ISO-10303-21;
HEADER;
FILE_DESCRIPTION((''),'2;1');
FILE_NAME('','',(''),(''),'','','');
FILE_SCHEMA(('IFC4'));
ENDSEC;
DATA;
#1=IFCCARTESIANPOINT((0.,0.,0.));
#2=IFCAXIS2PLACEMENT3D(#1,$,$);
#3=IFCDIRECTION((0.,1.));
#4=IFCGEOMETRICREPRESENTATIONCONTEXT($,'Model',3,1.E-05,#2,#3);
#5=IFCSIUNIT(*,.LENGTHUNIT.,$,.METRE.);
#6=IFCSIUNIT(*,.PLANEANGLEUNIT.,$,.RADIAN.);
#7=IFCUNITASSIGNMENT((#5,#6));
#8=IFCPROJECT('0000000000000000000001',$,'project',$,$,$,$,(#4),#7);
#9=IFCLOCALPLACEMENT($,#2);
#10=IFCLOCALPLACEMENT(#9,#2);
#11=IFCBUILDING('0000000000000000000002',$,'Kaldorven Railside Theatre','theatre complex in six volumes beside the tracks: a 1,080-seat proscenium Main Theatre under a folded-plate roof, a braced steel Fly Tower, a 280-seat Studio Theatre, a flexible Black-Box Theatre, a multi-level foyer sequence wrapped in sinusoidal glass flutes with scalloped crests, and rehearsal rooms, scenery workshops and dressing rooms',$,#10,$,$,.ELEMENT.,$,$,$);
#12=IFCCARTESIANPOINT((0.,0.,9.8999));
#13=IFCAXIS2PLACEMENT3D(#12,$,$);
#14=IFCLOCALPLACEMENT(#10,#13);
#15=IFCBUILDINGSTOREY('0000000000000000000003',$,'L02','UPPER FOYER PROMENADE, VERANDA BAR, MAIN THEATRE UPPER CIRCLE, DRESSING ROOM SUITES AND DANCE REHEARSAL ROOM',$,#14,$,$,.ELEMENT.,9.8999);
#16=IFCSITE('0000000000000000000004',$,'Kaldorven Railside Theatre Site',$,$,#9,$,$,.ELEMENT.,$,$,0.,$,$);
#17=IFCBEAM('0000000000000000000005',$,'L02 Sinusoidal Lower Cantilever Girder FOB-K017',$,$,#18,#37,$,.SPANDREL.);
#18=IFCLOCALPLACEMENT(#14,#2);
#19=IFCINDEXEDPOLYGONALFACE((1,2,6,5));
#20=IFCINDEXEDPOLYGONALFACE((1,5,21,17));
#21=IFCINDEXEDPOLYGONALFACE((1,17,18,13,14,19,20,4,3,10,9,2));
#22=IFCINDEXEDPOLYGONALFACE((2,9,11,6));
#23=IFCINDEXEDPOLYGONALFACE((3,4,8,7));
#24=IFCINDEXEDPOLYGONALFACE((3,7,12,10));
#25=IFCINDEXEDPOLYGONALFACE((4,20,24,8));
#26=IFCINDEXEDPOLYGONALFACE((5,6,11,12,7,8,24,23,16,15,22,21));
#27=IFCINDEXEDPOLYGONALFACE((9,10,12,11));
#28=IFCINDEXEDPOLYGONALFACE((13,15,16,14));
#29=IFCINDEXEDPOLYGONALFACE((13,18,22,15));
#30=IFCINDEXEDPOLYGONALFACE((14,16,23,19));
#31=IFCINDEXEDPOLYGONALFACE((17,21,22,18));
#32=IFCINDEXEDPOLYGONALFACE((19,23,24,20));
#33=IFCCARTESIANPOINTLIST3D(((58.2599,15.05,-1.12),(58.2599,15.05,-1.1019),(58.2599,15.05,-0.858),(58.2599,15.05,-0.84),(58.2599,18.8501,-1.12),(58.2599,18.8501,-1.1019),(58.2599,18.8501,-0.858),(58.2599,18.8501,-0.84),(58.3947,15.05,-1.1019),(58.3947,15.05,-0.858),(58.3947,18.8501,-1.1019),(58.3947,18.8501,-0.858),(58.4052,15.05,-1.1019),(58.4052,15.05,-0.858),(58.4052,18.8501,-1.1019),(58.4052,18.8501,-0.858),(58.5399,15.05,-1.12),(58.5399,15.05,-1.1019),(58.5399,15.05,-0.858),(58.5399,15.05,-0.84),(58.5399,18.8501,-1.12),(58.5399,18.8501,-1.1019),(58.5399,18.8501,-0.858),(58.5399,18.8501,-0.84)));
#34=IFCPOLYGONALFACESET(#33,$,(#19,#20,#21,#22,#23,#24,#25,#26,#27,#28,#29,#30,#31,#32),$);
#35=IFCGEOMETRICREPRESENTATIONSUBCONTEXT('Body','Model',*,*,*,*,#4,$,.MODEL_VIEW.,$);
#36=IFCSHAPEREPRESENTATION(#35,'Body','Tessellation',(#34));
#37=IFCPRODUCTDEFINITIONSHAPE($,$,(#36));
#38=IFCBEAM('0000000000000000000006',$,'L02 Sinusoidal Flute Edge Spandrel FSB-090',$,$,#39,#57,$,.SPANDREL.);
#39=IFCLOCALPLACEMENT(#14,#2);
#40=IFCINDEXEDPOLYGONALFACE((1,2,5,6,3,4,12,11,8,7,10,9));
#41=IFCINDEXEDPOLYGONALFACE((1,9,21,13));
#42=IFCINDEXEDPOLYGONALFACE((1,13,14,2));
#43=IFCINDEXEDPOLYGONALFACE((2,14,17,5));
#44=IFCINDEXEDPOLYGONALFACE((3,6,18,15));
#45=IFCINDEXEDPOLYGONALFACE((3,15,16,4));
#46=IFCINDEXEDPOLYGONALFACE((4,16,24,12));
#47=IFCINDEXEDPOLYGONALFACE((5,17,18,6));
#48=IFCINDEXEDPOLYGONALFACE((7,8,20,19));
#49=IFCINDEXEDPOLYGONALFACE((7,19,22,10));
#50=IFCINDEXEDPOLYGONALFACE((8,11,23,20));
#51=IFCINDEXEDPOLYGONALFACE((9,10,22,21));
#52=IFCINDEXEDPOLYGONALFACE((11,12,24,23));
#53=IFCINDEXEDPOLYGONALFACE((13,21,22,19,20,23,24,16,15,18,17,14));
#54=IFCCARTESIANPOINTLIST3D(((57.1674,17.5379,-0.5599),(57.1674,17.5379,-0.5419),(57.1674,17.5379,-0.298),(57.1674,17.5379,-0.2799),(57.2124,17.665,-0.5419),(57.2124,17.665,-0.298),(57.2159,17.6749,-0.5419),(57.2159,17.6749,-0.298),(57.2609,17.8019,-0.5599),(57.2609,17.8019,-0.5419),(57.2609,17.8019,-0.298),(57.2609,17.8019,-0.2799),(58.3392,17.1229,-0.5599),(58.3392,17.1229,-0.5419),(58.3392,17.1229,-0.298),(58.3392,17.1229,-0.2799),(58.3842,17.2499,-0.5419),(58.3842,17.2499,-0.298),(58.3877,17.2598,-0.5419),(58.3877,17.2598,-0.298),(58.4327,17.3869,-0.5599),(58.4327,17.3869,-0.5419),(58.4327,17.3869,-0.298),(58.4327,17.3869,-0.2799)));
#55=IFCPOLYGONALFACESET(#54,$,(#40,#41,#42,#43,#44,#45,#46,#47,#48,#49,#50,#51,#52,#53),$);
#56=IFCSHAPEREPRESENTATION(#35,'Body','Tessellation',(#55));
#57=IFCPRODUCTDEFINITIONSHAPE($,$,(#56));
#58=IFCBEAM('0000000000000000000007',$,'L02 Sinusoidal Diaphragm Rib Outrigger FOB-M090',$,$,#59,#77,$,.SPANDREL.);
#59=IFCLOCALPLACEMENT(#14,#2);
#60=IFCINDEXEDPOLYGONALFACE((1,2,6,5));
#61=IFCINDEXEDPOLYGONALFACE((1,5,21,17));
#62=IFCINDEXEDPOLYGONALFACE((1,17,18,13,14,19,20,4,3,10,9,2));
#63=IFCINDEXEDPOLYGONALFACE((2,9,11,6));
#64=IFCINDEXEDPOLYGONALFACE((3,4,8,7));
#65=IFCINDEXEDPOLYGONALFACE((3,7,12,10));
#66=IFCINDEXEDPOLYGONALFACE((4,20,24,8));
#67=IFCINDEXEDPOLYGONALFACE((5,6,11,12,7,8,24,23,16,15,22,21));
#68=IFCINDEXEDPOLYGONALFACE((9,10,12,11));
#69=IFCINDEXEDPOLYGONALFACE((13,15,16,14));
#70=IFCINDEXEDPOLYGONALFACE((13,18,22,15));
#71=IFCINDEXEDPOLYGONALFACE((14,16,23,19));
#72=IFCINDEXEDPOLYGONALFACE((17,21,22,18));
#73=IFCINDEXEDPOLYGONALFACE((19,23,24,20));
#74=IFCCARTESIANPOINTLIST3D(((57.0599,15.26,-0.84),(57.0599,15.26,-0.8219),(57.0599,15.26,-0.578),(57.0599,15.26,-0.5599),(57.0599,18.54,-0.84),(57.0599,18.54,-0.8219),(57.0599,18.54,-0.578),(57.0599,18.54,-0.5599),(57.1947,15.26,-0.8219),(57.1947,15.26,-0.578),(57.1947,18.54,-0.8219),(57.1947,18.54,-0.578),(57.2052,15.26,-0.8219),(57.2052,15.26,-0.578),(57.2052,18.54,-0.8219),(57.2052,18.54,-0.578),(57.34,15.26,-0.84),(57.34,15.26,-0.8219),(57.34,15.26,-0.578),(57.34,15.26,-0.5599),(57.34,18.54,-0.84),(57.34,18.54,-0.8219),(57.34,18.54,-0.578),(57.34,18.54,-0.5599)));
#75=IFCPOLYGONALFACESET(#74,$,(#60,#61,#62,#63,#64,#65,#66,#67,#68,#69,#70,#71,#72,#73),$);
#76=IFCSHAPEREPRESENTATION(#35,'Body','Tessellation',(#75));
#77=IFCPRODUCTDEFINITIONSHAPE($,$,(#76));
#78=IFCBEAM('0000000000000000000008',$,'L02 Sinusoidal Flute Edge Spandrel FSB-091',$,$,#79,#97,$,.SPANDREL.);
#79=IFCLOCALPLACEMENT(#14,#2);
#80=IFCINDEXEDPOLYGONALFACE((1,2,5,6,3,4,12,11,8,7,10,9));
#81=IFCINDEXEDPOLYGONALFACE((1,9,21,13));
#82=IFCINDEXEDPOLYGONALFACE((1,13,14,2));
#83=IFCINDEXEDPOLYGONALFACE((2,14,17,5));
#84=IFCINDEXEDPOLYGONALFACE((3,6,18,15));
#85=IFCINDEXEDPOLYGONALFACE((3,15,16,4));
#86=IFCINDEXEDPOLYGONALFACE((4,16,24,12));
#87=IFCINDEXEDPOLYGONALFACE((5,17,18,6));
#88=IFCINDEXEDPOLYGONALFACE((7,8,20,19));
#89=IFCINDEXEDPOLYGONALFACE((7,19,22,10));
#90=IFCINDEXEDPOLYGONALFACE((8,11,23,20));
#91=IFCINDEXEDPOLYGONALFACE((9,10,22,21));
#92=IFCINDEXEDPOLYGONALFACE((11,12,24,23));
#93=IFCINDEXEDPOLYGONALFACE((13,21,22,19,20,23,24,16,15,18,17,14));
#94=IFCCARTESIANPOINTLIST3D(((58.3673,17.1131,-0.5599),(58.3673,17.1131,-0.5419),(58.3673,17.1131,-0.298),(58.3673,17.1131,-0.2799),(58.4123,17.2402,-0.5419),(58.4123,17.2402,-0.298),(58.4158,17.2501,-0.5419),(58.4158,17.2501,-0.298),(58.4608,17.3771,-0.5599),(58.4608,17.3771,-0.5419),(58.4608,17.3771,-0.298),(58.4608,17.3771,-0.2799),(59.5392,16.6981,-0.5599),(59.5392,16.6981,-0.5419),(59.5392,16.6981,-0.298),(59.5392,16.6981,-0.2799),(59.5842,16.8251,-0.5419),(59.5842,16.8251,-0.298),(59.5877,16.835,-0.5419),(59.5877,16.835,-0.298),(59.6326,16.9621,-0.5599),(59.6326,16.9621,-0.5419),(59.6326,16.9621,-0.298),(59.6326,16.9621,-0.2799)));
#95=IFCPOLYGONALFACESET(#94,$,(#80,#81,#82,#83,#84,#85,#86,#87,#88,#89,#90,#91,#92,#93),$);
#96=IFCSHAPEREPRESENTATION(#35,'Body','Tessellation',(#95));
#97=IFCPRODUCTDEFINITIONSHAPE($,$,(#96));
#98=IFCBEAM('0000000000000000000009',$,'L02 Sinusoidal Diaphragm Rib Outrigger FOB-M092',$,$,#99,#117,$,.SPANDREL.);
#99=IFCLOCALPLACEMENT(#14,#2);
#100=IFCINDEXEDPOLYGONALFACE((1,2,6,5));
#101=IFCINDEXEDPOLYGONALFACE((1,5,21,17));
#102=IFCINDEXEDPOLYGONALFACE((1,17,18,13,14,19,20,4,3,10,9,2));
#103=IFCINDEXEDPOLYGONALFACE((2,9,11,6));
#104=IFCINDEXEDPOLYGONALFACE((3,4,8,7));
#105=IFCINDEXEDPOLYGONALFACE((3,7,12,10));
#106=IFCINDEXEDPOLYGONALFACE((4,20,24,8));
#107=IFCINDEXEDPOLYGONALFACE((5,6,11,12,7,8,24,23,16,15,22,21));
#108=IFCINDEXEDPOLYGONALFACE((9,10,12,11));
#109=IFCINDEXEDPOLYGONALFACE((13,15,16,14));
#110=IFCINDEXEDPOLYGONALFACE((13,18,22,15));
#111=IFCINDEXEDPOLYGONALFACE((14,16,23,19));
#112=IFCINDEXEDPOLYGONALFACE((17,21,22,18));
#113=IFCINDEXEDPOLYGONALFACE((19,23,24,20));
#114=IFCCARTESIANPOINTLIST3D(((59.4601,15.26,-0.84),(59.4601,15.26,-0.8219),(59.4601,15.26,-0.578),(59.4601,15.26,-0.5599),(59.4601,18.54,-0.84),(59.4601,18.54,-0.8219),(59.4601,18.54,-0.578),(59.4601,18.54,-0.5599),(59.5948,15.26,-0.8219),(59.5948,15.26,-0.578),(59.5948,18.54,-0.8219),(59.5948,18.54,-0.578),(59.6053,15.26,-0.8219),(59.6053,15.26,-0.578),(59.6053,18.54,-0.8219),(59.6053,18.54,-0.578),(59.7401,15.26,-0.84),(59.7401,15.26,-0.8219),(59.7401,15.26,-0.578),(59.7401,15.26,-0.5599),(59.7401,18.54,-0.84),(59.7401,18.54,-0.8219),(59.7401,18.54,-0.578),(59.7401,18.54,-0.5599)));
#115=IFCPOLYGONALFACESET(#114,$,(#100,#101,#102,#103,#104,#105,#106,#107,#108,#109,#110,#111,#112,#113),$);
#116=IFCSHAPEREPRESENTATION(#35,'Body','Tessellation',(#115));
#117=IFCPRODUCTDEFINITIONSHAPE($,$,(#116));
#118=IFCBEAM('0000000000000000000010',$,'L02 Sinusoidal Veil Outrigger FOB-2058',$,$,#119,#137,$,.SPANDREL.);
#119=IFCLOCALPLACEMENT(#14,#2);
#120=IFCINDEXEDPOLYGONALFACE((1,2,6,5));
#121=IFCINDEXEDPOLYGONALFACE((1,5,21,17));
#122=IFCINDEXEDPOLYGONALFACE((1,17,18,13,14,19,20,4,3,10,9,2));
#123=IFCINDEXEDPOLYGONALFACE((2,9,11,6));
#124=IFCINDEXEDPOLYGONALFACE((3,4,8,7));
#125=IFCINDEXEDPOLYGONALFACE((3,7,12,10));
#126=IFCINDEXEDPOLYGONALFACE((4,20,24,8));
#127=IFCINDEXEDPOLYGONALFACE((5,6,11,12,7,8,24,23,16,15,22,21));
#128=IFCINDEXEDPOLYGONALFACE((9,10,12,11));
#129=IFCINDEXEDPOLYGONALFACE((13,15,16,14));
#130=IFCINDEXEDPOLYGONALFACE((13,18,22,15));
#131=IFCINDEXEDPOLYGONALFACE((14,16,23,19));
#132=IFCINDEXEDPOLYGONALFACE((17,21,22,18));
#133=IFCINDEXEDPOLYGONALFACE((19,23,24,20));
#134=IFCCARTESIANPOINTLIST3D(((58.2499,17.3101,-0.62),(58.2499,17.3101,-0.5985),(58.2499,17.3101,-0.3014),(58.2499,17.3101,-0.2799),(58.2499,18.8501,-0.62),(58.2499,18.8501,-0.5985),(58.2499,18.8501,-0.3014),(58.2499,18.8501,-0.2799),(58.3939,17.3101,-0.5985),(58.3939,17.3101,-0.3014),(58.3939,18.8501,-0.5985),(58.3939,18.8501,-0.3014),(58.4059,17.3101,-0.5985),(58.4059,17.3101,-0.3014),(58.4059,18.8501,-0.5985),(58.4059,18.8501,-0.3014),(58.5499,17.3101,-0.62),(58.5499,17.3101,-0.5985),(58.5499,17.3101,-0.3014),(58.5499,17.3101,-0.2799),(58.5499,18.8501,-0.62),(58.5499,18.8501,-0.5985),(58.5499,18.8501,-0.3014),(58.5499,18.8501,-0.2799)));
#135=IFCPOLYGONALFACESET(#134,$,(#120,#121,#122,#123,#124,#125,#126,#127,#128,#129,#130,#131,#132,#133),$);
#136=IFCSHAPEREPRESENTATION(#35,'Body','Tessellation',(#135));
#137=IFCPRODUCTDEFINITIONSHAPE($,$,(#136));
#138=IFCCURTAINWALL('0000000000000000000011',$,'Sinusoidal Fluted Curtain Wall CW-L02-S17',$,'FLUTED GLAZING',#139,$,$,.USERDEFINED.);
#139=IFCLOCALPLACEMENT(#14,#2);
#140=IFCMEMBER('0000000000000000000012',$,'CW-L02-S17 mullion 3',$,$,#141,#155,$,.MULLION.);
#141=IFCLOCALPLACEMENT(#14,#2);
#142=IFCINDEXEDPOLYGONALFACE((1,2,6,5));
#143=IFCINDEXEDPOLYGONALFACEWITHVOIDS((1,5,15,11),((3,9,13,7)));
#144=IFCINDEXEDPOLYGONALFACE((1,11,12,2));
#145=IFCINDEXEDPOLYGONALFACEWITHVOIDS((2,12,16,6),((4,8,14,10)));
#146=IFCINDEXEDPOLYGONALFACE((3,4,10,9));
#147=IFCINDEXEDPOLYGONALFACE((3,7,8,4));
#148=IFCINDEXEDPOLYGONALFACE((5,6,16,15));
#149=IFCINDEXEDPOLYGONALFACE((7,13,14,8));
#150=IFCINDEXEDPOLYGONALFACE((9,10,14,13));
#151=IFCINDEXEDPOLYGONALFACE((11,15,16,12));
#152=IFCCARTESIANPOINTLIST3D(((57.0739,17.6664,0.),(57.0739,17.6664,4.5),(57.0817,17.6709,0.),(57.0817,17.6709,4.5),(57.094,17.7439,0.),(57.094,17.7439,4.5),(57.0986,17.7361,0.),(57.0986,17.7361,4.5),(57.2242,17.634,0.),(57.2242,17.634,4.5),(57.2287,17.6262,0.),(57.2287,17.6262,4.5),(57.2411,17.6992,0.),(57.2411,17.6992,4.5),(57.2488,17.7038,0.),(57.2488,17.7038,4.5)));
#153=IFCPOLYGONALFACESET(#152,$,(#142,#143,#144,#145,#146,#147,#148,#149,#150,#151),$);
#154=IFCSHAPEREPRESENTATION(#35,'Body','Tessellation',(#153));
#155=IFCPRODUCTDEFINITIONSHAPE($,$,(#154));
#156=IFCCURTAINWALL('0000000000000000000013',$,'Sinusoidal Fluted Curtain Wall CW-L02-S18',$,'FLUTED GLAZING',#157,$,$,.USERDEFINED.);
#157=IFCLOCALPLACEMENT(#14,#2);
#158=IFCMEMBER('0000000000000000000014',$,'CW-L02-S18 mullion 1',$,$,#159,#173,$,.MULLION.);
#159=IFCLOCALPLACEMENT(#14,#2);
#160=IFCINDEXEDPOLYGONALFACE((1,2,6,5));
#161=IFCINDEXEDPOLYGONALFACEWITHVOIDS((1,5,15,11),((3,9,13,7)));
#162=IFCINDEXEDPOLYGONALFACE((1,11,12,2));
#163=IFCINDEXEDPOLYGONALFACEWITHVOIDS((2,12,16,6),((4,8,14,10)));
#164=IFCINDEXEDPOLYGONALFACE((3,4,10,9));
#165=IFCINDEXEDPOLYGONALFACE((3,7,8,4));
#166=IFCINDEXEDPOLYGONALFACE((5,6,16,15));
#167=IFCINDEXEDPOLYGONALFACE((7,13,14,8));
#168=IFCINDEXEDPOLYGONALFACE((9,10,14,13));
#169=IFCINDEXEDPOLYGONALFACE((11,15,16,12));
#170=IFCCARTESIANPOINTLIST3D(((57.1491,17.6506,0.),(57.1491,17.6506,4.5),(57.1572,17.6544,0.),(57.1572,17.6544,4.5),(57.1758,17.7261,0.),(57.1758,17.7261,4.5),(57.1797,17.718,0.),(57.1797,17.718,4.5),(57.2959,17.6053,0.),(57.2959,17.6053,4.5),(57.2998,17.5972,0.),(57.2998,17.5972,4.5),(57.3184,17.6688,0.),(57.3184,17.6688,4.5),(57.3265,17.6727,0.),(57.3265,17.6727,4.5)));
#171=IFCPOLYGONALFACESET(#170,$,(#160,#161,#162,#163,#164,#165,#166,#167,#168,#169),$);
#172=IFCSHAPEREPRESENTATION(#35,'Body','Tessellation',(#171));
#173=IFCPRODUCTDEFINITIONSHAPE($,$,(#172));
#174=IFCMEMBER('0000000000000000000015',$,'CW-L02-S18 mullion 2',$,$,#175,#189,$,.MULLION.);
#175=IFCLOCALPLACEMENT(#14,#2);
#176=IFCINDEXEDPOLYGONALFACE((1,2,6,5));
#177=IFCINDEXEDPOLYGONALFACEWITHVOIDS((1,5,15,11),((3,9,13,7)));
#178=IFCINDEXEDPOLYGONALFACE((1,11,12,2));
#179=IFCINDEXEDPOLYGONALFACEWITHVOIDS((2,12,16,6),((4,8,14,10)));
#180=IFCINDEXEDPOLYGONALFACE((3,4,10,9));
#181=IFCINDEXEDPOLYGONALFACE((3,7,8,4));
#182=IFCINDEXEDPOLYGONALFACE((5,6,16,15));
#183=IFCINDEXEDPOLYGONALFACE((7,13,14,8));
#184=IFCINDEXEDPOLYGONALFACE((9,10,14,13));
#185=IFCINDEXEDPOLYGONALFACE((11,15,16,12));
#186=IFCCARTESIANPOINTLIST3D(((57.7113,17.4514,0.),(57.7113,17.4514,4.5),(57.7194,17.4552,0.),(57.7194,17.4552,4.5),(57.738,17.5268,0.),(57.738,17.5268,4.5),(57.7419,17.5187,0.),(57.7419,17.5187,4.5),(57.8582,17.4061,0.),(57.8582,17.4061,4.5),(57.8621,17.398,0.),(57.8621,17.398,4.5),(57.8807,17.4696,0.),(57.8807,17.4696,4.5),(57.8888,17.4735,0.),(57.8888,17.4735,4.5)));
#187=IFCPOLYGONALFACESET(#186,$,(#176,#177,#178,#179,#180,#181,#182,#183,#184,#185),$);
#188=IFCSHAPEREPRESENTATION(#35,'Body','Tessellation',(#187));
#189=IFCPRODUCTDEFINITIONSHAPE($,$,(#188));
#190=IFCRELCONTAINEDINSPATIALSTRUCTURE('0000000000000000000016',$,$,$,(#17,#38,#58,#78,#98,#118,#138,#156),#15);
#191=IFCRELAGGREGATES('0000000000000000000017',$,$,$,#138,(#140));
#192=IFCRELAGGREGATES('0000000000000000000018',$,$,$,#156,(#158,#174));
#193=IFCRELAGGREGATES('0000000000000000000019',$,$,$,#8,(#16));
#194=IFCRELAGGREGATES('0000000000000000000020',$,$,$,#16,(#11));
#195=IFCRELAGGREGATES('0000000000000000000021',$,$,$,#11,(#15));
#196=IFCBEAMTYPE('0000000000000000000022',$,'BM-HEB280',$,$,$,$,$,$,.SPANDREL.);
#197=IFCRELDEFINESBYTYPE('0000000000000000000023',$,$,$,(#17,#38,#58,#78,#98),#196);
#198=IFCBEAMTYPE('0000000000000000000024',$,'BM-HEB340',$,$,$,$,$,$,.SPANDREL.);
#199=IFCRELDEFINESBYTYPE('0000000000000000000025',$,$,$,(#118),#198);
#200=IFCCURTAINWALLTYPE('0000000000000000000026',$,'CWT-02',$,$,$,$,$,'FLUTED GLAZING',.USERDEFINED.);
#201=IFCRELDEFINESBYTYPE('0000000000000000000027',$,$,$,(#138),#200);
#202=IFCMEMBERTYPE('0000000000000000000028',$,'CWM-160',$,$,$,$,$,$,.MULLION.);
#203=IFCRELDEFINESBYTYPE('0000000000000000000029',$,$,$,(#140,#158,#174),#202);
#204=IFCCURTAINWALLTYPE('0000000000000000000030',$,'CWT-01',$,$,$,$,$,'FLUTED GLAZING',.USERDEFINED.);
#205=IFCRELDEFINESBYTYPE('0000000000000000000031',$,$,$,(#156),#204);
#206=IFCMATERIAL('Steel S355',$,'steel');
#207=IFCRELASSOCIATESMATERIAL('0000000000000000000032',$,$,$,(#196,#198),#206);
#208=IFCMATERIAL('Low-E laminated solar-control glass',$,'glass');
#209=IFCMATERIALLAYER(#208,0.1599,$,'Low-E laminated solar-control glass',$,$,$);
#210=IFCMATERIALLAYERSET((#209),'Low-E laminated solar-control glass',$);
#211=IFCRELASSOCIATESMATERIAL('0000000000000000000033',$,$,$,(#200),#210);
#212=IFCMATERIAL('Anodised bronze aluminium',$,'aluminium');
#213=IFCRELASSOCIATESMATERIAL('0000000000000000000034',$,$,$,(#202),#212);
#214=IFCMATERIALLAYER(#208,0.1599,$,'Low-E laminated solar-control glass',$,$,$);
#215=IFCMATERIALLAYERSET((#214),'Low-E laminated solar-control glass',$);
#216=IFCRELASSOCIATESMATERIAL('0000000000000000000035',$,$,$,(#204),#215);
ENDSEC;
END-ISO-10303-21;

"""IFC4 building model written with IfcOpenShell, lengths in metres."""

from ifc_helpers import new_model, si_unit, direction, frame, origin, origin_2d, place, context, subcontext, project, spatial, hollow_rectangle, i_section, extrude, material, layer, layer_set, material_profile, profile_set, type_object, element, aggregate, save


model = new_model("IFC4")

# Units and contexts
model_context = context("Model", 3, precision=1e-05, world=origin(), true_north=direction((0.0, 1.0)))
body_context = subcontext(model_context, "Body", "Model", "MODEL_VIEW")
ifc_project = project(units=[si_unit("LENGTHUNIT", "METRE"), si_unit("PLANEANGLEUNIT", "RADIAN")], contexts=[model_context])

# Site, building, storey
site_placement = place(None, origin())
site = spatial("IfcSite", under=ifc_project, at=site_placement, Name="Kaldorven Railside Theatre Site", CompositionType="ELEMENT", RefElevation=0.0)
building_placement = place(site_placement, origin())
building = spatial("IfcBuilding", under=site, at=building_placement, Name="Kaldorven Railside Theatre", Description="theatre complex in six volumes beside the tracks: a 1,080-seat proscenium Main Theatre under a folded-plate roof, a braced steel Fly Tower, a 280-seat Studio Theatre, a flexible Black-Box Theatre, a multi-level foyer sequence wrapped in sinusoidal glass flutes with scalloped crests, and rehearsal rooms, scenery workshops and dressing rooms", CompositionType="ELEMENT")
storey_placement = place(building_placement, frame((0.0, 0.0, 9.8999)))
storey = spatial("IfcBuildingStorey", under=building, at=storey_placement, Name="L02", Description="UPPER FOYER PROMENADE, VERANDA BAR, MAIN THEATRE UPPER CIRCLE, DRESSING ROOM SUITES AND DANCE REHEARSAL ROOM", CompositionType="ELEMENT", Elevation=9.8999)

# Beams
ifc_material_1 = material(Name="Steel S355", Category="steel")
ifc_material_profile_1 = material_profile(ifc_material_1, i_section(OverallWidth=0.28, OverallDepth=0.28, WebThickness=0.0105, FlangeThickness=0.0181, at=origin_2d()), Name="HEB 280")
ifc_profile_set_1 = profile_set([ifc_material_profile_1], Name="Steel S355")
beam_type_1 = type_object("IfcBeamType", Name="BM-HEB280", PredefinedType="SPANDREL", material=ifc_profile_set_1)
beam_1_placement = place(storey_placement, frame((58.3999, 15.05, -0.98), z_axis=(0.0, 1.0, 0.0), x_axis=(-1.0, 0.0, 0.0)))
element("IfcBeam", 1, at=beam_1_placement, inside=storey, type_object=beam_type_1, Name="L02 Sinusoidal Lower Cantilever Girder FOB-K017", PredefinedType="SPANDREL", context=body_context, shape_type="SweptSolid", body=[
    extrude(i_section(OverallWidth=0.28, OverallDepth=0.28, WebThickness=0.0105, FlangeThickness=0.0181, at=origin_2d()), origin(), (0.0, 0.0, 1.0), 3.8),
])
beam_2_placement = place(storey_placement, frame((57.2141, 17.6699, -0.4199), z_axis=(0.942627, -0.333847, 0.0), x_axis=(0.333847, 0.942627, 0.0)))
element("IfcBeam", 2, at=beam_2_placement, inside=storey, type_object=beam_type_1, Name="L02 Sinusoidal Flute Edge Spandrel FSB-090", PredefinedType="SPANDREL", context=body_context, shape_type="SweptSolid", body=[
    extrude(i_section(OverallWidth=0.28, OverallDepth=0.28, WebThickness=0.0105, FlangeThickness=0.0181, at=origin_2d()), origin(), (0.0, 0.0, 1.0), 1.2432),
])
beam_3_placement = place(storey_placement, frame((57.2, 15.26, -0.7), z_axis=(0.0, 1.0, 0.0), x_axis=(-1.0, 0.0, 0.0)))
element("IfcBeam", 3, at=beam_3_placement, inside=storey, type_object=beam_type_1, Name="L02 Sinusoidal Diaphragm Rib Outrigger FOB-M090", PredefinedType="SPANDREL", context=body_context, shape_type="SweptSolid", body=[
    extrude(i_section(OverallWidth=0.28, OverallDepth=0.28, WebThickness=0.0105, FlangeThickness=0.0181, at=origin_2d()), origin(), (0.0, 0.0, 1.0), 3.28),
])
beam_4_placement = place(storey_placement, frame((58.4141, 17.2451, -0.4199), z_axis=(0.942627, -0.333847, 0.0), x_axis=(0.333847, 0.942627, 0.0)))
element("IfcBeam", 4, at=beam_4_placement, inside=storey, type_object=beam_type_1, Name="L02 Sinusoidal Flute Edge Spandrel FSB-091", PredefinedType="SPANDREL", context=body_context, shape_type="SweptSolid", body=[
    extrude(i_section(OverallWidth=0.28, OverallDepth=0.28, WebThickness=0.0105, FlangeThickness=0.0181, at=origin_2d()), origin(), (0.0, 0.0, 1.0), 1.2432),
])
beam_5_placement = place(storey_placement, frame((59.6001, 15.26, -0.7), z_axis=(0.0, 1.0, 0.0), x_axis=(-1.0, 0.0, 0.0)))
element("IfcBeam", 5, at=beam_5_placement, inside=storey, type_object=beam_type_1, Name="L02 Sinusoidal Diaphragm Rib Outrigger FOB-M092", PredefinedType="SPANDREL", context=body_context, shape_type="SweptSolid", body=[
    extrude(i_section(OverallWidth=0.28, OverallDepth=0.28, WebThickness=0.0105, FlangeThickness=0.0181, at=origin_2d()), origin(), (0.0, 0.0, 1.0), 3.28),
])
ifc_material_profile_2 = material_profile(ifc_material_1, i_section(OverallWidth=0.3, OverallDepth=0.3401, WebThickness=0.012, FlangeThickness=0.0215, at=origin_2d()), Name="HEB 340")
ifc_profile_set_2 = profile_set([ifc_material_profile_2], Name="Steel S355")
beam_type_2 = type_object("IfcBeamType", Name="BM-HEB340", PredefinedType="SPANDREL", material=ifc_profile_set_2)
beam_6_placement = place(storey_placement, frame((58.3999, 17.3101, -0.45), z_axis=(0.0, 1.0, 0.0), x_axis=(-1.0, 0.0, 0.0)))
element("IfcBeam", 6, at=beam_6_placement, inside=storey, type_object=beam_type_2, Name="L02 Sinusoidal Veil Outrigger FOB-2058", PredefinedType="SPANDREL", context=body_context, shape_type="SweptSolid", body=[
    extrude(i_section(OverallWidth=0.3, OverallDepth=0.3401, WebThickness=0.012, FlangeThickness=0.0215, at=origin_2d()), origin(), (0.0, 0.0, 1.0), 1.54),
])

# Curtain wall, member
ifc_material_2 = material(Name="Low-E laminated solar-control glass", Category="glass")
ifc_layer_1 = layer(ifc_material_2, 0.1599, Name="Low-E laminated solar-control glass")
ifc_layer_set_1 = layer_set([ifc_layer_1], Name="Low-E laminated solar-control glass")
curtain_wall_type_1 = type_object("IfcCurtainWallType", Name="CWT-02", ElementType="FLUTED GLAZING", PredefinedType="USERDEFINED", material=ifc_layer_set_1)
curtain_wall_1_placement = place(storey_placement, origin())
curtain_wall_1 = element("IfcCurtainWall", 7, at=curtain_wall_1_placement, inside=storey, type_object=curtain_wall_type_1, Name="Sinusoidal Fluted Curtain Wall CW-L02-S17", ObjectType="FLUTED GLAZING", PredefinedType="USERDEFINED")
ifc_material_3 = material(Name="Anodised bronze aluminium", Category="aluminium")
ifc_material_profile_3 = material_profile(ifc_material_3, hollow_rectangle(XDim=0.0801, YDim=0.1599, WallThickness=0.0063, at=origin_2d()), Name="RHS 160x80x6.3")
ifc_profile_set_3 = profile_set([ifc_material_profile_3], Name="Anodised bronze aluminium")
member_type_1 = type_object("IfcMemberType", Name="CWM-160", PredefinedType="MULLION", material=ifc_profile_set_3)
member_1_placement = place(storey_placement, frame((57.1614, 17.6851, 0.0), z_axis=(0.0, 0.0, 1.0), x_axis=(0.250954, 0.967999, 0.0)))
member_1 = element("IfcMember", 8, at=member_1_placement, type_object=member_type_1, Name="CW-L02-S17 mullion 3", PredefinedType="MULLION", context=body_context, shape_type="SweptSolid", body=[
    extrude(hollow_rectangle(XDim=0.0801, YDim=0.1599, WallThickness=0.0063, at=origin_2d()), origin(), (0.0, 0.0, 1.0), 4.5),
])

# Curtain wall, members
ifc_layer_2 = layer(ifc_material_2, 0.1599, Name="Low-E laminated solar-control glass")
ifc_layer_set_2 = layer_set([ifc_layer_2], Name="Low-E laminated solar-control glass")
curtain_wall_type_2 = type_object("IfcCurtainWallType", Name="CWT-01", ElementType="FLUTED GLAZING", PredefinedType="USERDEFINED", material=ifc_layer_set_2)
curtain_wall_2_placement = place(storey_placement, origin())
curtain_wall_2 = element("IfcCurtainWall", 9, at=curtain_wall_2_placement, inside=storey, type_object=curtain_wall_type_2, Name="Sinusoidal Fluted Curtain Wall CW-L02-S18", ObjectType="FLUTED GLAZING", PredefinedType="USERDEFINED")
member_2_placement = place(storey_placement, frame((57.2378, 17.6616, 0.0), z_axis=(0.0, 0.0, 1.0), x_axis=(0.333847, 0.942627, 0.0)))
member_2 = element("IfcMember", 10, at=member_2_placement, type_object=member_type_1, Name="CW-L02-S18 mullion 1", PredefinedType="MULLION", context=body_context, shape_type="SweptSolid", body=[
    extrude(hollow_rectangle(XDim=0.0801, YDim=0.1599, WallThickness=0.0063, at=origin_2d()), origin(), (0.0, 0.0, 1.0), 4.5),
])
member_3_placement = place(storey_placement, frame((57.8, 17.4624, 0.0), z_axis=(0.0, 0.0, 1.0), x_axis=(0.333847, 0.942627, 0.0)))
member_3 = element("IfcMember", 11, at=member_3_placement, type_object=member_type_1, Name="CW-L02-S18 mullion 2", PredefinedType="MULLION", context=body_context, shape_type="SweptSolid", body=[
    extrude(hollow_rectangle(XDim=0.0801, YDim=0.1599, WallThickness=0.0063, at=origin_2d()), origin(), (0.0, 0.0, 1.0), 4.5),
])

aggregate(curtain_wall_1, [member_1])
aggregate(curtain_wall_2, [member_2, member_3])

save(model, "model.ifc")
